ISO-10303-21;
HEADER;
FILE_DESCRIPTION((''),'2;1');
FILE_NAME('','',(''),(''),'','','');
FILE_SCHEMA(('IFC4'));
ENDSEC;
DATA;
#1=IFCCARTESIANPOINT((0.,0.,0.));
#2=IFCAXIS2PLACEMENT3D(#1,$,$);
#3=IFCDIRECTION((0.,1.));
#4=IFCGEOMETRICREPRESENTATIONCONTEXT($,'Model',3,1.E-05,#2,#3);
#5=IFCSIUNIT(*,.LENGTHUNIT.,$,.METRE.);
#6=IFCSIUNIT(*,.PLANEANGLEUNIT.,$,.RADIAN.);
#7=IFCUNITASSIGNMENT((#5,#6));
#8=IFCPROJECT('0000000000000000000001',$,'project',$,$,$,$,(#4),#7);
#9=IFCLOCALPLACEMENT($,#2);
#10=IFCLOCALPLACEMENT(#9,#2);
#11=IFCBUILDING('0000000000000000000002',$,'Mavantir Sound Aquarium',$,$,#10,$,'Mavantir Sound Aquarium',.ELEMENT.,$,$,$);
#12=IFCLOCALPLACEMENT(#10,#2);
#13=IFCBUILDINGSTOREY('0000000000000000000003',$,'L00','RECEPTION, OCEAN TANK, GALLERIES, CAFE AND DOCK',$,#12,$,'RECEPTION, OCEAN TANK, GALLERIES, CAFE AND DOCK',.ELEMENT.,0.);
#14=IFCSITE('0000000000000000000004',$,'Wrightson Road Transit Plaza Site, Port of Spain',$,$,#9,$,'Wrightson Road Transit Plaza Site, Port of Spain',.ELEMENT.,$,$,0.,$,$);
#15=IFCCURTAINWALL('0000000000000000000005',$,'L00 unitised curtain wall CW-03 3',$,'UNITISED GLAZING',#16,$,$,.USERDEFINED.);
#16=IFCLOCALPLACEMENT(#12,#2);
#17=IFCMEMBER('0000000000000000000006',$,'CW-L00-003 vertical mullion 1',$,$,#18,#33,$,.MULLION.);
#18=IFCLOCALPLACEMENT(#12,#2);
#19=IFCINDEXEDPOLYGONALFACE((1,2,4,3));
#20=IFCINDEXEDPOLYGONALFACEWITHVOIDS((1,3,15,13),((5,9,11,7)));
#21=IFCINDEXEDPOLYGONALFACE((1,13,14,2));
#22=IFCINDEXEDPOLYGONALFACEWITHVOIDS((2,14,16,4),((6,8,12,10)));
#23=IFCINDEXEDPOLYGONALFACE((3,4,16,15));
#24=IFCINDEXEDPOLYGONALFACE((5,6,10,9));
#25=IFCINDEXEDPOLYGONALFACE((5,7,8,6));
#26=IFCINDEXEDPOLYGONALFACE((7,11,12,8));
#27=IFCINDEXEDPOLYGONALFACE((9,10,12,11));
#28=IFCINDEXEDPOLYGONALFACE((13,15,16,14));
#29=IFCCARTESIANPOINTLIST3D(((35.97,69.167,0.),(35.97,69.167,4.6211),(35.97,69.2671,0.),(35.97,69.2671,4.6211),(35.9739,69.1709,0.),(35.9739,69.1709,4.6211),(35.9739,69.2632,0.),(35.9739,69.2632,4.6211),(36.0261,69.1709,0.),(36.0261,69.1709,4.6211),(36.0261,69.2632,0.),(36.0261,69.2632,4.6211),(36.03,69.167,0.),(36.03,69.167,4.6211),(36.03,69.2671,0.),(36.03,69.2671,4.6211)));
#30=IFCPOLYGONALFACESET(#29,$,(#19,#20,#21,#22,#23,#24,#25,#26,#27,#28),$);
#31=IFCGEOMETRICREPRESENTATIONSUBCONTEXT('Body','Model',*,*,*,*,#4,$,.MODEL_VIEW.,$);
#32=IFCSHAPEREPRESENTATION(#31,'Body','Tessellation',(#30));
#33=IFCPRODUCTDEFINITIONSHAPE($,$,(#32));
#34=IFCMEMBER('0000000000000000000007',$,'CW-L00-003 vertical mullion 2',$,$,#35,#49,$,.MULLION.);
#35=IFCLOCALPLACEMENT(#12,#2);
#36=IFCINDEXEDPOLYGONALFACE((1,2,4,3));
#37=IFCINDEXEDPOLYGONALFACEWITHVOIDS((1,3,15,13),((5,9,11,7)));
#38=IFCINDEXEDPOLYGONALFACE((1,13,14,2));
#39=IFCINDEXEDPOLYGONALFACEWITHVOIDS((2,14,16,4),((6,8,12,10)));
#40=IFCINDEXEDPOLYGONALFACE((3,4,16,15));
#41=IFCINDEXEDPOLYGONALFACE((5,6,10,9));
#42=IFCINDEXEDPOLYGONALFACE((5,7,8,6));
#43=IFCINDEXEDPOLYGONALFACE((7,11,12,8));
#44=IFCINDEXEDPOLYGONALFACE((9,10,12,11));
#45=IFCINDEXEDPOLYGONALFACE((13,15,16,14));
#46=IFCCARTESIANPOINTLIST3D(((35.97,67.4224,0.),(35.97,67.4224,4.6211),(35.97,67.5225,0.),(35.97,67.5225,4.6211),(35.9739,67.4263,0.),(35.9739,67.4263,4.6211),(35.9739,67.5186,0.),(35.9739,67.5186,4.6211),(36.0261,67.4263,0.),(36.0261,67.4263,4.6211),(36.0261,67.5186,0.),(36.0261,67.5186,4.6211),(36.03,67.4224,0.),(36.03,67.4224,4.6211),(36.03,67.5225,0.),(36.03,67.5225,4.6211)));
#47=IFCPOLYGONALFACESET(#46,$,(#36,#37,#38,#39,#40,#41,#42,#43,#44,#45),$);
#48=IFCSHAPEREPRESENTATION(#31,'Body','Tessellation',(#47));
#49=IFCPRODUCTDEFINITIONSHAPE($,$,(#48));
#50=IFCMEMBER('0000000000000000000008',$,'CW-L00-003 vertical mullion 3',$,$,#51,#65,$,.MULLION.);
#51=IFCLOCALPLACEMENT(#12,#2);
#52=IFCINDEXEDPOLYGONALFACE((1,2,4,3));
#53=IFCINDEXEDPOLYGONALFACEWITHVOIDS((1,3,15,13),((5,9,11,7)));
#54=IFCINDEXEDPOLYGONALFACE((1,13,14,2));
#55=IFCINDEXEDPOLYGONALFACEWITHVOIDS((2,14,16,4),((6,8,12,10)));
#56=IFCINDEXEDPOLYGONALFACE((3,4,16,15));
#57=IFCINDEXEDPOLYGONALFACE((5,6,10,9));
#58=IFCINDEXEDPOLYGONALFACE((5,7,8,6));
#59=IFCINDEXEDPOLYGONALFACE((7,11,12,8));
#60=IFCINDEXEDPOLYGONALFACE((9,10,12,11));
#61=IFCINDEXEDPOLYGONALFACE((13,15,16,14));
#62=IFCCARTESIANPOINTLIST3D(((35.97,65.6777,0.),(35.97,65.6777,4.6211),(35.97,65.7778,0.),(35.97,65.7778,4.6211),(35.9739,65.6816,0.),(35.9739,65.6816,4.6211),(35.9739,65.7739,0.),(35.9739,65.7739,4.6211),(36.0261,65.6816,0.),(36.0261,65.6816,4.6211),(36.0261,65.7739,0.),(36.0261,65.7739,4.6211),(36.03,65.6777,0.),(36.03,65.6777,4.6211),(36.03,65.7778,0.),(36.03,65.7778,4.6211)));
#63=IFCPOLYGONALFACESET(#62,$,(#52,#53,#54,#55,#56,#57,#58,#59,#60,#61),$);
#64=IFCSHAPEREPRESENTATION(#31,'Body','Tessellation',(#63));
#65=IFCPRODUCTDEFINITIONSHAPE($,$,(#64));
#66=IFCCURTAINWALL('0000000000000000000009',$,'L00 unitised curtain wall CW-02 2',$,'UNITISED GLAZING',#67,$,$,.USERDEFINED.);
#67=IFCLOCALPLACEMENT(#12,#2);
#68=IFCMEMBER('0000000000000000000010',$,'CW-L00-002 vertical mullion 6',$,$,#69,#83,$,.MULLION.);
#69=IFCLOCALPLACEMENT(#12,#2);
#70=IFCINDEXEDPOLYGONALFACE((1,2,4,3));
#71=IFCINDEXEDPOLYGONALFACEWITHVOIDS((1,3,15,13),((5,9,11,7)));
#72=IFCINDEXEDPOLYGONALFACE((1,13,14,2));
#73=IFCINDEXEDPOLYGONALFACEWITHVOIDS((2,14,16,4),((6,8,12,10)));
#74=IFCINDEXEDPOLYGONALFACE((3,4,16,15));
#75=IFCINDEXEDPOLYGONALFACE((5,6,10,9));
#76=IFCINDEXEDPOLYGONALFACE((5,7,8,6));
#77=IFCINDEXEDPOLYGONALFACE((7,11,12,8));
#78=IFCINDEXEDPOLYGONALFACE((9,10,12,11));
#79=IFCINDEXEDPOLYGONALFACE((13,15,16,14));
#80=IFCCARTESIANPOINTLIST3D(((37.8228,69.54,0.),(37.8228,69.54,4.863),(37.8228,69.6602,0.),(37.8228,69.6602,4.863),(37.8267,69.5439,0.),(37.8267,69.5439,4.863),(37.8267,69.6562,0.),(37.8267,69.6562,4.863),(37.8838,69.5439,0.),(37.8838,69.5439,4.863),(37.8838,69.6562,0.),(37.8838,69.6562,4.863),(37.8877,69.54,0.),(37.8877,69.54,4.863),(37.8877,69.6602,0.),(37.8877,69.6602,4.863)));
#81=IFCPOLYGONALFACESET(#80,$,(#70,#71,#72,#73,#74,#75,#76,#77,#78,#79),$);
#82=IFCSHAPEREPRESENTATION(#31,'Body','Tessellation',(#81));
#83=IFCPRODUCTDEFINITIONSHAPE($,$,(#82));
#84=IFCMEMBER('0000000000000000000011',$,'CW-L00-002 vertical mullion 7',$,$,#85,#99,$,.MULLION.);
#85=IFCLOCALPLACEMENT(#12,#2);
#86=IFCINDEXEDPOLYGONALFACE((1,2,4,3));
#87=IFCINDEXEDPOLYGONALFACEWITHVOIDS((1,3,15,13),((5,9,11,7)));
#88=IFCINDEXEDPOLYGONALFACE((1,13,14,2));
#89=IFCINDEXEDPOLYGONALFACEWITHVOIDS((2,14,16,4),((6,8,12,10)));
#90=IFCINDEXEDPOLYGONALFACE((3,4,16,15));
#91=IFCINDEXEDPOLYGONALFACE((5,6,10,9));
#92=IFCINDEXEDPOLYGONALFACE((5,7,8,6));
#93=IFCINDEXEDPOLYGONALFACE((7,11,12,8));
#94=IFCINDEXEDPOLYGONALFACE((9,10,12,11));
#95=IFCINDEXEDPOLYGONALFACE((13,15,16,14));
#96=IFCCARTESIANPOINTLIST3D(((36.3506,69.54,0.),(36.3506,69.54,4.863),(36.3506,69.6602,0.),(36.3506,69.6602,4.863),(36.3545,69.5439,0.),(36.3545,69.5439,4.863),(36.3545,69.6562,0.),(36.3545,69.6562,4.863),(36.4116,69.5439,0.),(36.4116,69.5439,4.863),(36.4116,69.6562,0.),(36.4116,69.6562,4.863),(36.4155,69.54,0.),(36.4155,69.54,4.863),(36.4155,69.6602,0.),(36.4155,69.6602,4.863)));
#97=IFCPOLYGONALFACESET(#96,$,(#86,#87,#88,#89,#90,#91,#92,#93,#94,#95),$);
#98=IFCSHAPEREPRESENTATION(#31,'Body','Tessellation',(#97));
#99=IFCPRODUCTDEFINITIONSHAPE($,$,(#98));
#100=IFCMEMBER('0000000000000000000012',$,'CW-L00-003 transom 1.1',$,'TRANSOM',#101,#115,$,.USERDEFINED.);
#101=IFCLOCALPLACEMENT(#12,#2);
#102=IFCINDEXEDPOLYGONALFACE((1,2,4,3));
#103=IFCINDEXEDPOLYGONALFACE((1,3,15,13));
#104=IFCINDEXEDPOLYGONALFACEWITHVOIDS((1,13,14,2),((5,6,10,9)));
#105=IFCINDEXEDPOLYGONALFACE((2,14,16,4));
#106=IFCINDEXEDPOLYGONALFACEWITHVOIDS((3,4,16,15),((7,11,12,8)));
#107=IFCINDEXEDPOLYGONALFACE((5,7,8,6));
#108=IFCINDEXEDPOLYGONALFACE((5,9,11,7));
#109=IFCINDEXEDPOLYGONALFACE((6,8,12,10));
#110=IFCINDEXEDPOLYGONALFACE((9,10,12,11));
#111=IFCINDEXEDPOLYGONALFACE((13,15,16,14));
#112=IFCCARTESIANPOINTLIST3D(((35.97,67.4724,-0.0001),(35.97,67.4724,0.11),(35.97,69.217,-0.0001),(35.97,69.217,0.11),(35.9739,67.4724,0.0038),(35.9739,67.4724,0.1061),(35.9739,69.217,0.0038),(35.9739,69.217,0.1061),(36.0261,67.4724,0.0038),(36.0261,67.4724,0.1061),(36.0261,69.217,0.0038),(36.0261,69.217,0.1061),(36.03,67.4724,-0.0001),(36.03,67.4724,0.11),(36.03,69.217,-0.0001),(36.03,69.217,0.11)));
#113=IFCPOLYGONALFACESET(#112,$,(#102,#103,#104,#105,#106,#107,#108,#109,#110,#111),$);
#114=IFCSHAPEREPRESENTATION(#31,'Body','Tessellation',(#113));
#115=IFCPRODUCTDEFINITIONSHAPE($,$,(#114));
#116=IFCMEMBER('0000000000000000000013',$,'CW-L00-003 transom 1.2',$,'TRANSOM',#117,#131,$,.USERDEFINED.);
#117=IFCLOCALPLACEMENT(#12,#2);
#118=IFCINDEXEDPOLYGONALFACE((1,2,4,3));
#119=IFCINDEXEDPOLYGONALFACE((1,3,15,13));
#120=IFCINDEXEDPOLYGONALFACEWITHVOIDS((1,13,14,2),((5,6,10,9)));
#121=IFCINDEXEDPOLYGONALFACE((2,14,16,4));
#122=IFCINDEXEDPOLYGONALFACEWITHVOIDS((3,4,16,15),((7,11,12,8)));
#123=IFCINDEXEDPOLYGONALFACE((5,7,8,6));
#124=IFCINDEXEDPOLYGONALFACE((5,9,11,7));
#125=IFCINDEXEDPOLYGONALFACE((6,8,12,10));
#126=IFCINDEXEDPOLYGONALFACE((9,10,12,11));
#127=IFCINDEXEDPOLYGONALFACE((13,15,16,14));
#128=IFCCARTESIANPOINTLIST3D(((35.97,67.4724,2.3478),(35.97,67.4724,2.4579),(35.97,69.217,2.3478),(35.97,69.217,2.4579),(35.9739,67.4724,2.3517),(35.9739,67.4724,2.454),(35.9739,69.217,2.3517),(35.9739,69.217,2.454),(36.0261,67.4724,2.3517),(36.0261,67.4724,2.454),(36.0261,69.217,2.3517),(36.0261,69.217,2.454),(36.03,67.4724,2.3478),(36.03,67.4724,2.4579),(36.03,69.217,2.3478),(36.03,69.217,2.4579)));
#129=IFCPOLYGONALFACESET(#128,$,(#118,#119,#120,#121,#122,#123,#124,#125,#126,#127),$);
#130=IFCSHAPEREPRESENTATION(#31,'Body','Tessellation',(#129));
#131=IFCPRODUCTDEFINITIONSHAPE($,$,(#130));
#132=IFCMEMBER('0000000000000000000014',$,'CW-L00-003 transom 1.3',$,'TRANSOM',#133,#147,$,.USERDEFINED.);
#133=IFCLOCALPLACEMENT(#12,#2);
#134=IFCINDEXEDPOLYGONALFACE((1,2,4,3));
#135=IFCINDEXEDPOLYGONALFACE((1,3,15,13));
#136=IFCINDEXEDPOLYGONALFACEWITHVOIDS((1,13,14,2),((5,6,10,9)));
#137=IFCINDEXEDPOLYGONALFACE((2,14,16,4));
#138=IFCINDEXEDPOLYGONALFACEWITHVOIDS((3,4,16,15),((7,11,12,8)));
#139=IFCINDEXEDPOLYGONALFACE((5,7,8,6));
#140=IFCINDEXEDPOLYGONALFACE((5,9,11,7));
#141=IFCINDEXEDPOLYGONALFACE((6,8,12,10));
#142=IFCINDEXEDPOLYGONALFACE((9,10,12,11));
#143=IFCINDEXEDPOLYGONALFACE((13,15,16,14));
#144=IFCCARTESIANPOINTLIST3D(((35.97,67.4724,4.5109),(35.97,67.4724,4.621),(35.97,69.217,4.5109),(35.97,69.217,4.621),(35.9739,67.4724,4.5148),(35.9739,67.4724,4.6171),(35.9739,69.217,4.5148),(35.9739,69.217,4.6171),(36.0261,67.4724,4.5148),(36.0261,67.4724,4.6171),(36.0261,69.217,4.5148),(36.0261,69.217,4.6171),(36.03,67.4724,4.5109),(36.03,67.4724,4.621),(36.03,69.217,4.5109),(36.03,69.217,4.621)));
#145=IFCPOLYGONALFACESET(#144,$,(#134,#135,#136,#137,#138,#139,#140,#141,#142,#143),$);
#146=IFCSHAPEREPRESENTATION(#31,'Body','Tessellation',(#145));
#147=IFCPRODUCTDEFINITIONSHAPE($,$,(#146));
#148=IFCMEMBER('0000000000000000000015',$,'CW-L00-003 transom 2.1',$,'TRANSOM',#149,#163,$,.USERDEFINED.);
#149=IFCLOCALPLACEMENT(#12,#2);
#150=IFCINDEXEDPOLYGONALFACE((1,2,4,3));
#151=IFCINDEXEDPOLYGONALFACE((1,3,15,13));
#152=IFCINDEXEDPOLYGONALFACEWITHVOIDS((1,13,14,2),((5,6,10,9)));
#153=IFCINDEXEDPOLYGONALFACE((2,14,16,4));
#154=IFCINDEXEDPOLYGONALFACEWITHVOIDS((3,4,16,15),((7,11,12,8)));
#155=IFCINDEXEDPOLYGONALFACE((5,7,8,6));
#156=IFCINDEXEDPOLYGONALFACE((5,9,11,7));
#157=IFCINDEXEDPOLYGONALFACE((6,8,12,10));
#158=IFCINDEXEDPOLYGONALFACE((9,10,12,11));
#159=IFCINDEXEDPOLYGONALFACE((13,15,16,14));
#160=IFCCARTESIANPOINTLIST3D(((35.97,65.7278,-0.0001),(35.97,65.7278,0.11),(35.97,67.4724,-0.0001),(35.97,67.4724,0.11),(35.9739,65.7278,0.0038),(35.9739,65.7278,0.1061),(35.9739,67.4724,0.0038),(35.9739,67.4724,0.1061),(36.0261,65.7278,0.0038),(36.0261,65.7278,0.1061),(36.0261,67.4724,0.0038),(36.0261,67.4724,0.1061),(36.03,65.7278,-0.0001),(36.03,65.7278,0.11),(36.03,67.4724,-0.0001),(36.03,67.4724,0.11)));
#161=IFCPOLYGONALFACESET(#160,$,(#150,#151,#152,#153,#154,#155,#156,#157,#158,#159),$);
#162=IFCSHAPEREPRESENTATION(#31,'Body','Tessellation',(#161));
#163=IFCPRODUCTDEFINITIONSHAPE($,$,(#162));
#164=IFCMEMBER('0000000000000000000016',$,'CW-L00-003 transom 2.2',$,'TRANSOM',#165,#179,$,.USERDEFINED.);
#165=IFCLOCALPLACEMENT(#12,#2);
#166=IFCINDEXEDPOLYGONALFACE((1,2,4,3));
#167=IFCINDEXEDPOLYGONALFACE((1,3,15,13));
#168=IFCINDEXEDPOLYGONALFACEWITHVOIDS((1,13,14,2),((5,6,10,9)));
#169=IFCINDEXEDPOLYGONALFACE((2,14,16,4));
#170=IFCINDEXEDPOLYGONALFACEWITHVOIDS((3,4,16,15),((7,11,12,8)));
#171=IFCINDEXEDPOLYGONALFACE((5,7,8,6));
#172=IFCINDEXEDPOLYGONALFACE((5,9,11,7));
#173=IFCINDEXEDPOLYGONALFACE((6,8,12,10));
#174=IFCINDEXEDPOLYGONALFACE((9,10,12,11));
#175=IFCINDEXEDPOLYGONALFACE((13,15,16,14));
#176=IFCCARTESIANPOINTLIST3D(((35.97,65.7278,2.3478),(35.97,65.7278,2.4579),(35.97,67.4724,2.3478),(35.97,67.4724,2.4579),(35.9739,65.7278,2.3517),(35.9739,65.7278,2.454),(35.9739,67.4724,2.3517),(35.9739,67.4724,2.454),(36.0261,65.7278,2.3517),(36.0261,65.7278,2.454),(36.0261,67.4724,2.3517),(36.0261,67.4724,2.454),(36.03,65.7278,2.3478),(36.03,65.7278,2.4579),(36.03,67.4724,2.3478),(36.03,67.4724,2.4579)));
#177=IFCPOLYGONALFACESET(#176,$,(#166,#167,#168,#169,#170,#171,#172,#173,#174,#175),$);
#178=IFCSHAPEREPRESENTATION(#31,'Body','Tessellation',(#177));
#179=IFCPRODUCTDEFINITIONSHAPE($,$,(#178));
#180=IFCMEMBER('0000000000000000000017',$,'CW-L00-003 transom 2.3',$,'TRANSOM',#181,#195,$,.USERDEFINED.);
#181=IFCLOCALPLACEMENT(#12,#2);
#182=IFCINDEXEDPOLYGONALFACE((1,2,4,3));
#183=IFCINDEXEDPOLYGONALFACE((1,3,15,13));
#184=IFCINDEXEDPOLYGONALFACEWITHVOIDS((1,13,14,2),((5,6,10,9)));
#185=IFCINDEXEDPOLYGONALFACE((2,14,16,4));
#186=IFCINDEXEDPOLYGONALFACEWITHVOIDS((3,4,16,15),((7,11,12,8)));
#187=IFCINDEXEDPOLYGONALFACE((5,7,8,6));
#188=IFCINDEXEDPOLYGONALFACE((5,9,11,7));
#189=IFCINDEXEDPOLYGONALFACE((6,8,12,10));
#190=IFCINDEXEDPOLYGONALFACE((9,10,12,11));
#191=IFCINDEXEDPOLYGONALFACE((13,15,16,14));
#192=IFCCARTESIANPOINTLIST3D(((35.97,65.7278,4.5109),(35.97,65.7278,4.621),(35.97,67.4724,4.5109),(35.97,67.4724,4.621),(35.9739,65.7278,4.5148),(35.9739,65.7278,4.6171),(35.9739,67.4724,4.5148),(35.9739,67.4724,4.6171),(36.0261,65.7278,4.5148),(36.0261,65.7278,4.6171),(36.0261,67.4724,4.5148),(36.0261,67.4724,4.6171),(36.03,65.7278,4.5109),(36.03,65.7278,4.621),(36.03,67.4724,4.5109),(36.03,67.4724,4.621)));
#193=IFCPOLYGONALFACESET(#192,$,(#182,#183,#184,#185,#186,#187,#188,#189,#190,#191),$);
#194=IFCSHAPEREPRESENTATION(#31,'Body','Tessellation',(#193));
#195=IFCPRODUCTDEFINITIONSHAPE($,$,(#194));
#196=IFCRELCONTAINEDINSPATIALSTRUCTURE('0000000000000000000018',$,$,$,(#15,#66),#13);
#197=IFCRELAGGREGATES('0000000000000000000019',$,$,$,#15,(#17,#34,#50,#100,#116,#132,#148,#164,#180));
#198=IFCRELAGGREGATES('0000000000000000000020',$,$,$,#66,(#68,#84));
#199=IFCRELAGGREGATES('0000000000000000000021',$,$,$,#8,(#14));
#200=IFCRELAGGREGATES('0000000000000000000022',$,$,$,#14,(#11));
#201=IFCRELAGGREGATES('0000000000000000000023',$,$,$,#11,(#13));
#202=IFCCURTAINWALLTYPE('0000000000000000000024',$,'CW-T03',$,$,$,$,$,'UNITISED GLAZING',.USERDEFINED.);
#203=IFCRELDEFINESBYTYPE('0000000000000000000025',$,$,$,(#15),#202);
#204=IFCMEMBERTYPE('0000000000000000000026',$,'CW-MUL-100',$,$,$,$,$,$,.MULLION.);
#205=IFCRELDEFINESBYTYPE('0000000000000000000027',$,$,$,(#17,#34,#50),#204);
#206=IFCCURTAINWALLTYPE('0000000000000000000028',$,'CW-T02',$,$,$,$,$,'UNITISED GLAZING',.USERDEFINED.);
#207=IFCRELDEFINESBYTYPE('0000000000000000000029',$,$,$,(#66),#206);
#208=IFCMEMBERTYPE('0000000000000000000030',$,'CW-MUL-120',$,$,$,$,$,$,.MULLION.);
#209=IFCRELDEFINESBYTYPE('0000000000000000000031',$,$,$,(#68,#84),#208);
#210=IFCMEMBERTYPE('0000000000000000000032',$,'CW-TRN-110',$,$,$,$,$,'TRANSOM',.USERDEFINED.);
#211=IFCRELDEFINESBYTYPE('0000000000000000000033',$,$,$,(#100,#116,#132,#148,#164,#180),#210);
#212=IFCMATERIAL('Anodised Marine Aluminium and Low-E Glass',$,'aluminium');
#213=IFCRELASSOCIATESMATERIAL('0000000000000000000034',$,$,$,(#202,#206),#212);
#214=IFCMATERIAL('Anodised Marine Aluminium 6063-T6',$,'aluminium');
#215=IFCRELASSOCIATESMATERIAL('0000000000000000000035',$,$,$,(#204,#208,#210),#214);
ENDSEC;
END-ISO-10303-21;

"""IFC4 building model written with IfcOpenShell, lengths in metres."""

from ifc_helpers import new_model, si_unit, direction, frame, origin, origin_2d, place, context, subcontext, project, spatial, hollow_rectangle, extrude, material, material_profile, profile_set, type_object, element, aggregate, save


model = new_model("IFC4")

# Units and contexts
model_context = context("Model", 3, precision=1e-05, world=origin(), true_north=direction((0.0, 1.0)))
body_context = subcontext(model_context, "Body", "Model", "MODEL_VIEW")
ifc_project = project(units=[si_unit("LENGTHUNIT", "METRE"), si_unit("PLANEANGLEUNIT", "RADIAN")], contexts=[model_context])

# Site, building, storey
site_placement = place(None, origin())
site = spatial("IfcSite", under=ifc_project, at=site_placement, Name="Wrightson Road Transit Plaza Site, Port of Spain", LongName="Wrightson Road Transit Plaza Site, Port of Spain", CompositionType="ELEMENT", RefElevation=0.0)
building_placement = place(site_placement, origin())
building = spatial("IfcBuilding", under=site, at=building_placement, Name="Mavantir Sound Aquarium", LongName="Mavantir Sound Aquarium", CompositionType="ELEMENT")
storey_placement = place(building_placement, origin())
storey = spatial("IfcBuildingStorey", under=building, at=storey_placement, Name="L00", Description="RECEPTION, OCEAN TANK, GALLERIES, CAFE AND DOCK", LongName="RECEPTION, OCEAN TANK, GALLERIES, CAFE AND DOCK", CompositionType="ELEMENT", Elevation=0.0)

# Curtain walls, members
ifc_material_1 = material(Name="Anodised Marine Aluminium and Low-E Glass", Category="aluminium")
curtain_wall_type_1 = type_object("IfcCurtainWallType", Name="CW-T03", ElementType="UNITISED GLAZING", PredefinedType="USERDEFINED", material=ifc_material_1)
curtain_wall_1_placement = place(storey_placement, origin())
curtain_wall_1 = element("IfcCurtainWall", 1, at=curtain_wall_1_placement, inside=storey, type_object=curtain_wall_type_1, Name="L00 unitised curtain wall CW-03 3", ObjectType="UNITISED GLAZING", PredefinedType="USERDEFINED")
ifc_material_2 = material(Name="Anodised Marine Aluminium 6063-T6", Category="aluminium")
ifc_material_profile_1 = material_profile(ifc_material_2, hollow_rectangle(XDim=0.0601, YDim=0.1001, WallThickness=0.0039, at=origin_2d()), Name="ALU-MULLION-100X60")
ifc_profile_set_1 = profile_set([ifc_material_profile_1], Name="Anodised Marine Aluminium 6063-T6")
member_type_1 = type_object("IfcMemberType", Name="CW-MUL-100", PredefinedType="MULLION", material=ifc_profile_set_1)
member_1_placement = place(storey_placement, frame((36.0, 69.217, 0.0), z_axis=(0.0, 0.0, 1.0), x_axis=(1.0, 0.0, 0.0)))
member_1 = element("IfcMember", 2, at=member_1_placement, type_object=member_type_1, Name="CW-L00-003 vertical mullion 1", PredefinedType="MULLION", context=body_context, shape_type="SweptSolid", body=[
    extrude(hollow_rectangle(XDim=0.0601, YDim=0.1001, WallThickness=0.0039, at=origin_2d()), origin(), (0.0, 0.0, 1.0), 4.6211),
])
member_2_placement = place(storey_placement, frame((36.0, 67.4724, 0.0), z_axis=(0.0, 0.0, 1.0), x_axis=(1.0, 0.0, 0.0)))
member_2 = element("IfcMember", 3, at=member_2_placement, type_object=member_type_1, Name="CW-L00-003 vertical mullion 2", PredefinedType="MULLION", context=body_context, shape_type="SweptSolid", body=[
    extrude(hollow_rectangle(XDim=0.0601, YDim=0.1001, WallThickness=0.0039, at=origin_2d()), origin(), (0.0, 0.0, 1.0), 4.6211),
])
member_3_placement = place(storey_placement, frame((36.0, 65.7278, 0.0), z_axis=(0.0, 0.0, 1.0), x_axis=(1.0, 0.0, 0.0)))
member_3 = element("IfcMember", 4, at=member_3_placement, type_object=member_type_1, Name="CW-L00-003 vertical mullion 3", PredefinedType="MULLION", context=body_context, shape_type="SweptSolid", body=[
    extrude(hollow_rectangle(XDim=0.0601, YDim=0.1001, WallThickness=0.0039, at=origin_2d()), origin(), (0.0, 0.0, 1.0), 4.6211),
])
curtain_wall_type_2 = type_object("IfcCurtainWallType", Name="CW-T02", ElementType="UNITISED GLAZING", PredefinedType="USERDEFINED", material=ifc_material_1)
curtain_wall_2_placement = place(storey_placement, origin())
curtain_wall_2 = element("IfcCurtainWall", 5, at=curtain_wall_2_placement, inside=storey, type_object=curtain_wall_type_2, Name="L00 unitised curtain wall CW-02 2", ObjectType="UNITISED GLAZING", PredefinedType="USERDEFINED")
ifc_material_profile_2 = material_profile(ifc_material_2, hollow_rectangle(XDim=0.0649, YDim=0.1201, WallThickness=0.0039, at=origin_2d()), Name="ALU-MULLION-120X65")
ifc_profile_set_2 = profile_set([ifc_material_profile_2], Name="Anodised Marine Aluminium 6063-T6")
member_type_2 = type_object("IfcMemberType", Name="CW-MUL-120", PredefinedType="MULLION", material=ifc_profile_set_2)
member_4_placement = place(storey_placement, frame((37.8552, 69.6001, 0.0), z_axis=(0.0, 0.0, 1.0), x_axis=(1.0, 0.0, 0.0)))
member_4 = element("IfcMember", 6, at=member_4_placement, type_object=member_type_2, Name="CW-L00-002 vertical mullion 6", PredefinedType="MULLION", context=body_context, shape_type="SweptSolid", body=[
    extrude(hollow_rectangle(XDim=0.0649, YDim=0.1201, WallThickness=0.0039, at=origin_2d()), origin(), (0.0, 0.0, 1.0), 4.863),
])
member_5_placement = place(storey_placement, frame((36.3831, 69.6001, 0.0), z_axis=(0.0, 0.0, 1.0), x_axis=(1.0, 0.0, 0.0)))
member_5 = element("IfcMember", 7, at=member_5_placement, type_object=member_type_2, Name="CW-L00-002 vertical mullion 7", PredefinedType="MULLION", context=body_context, shape_type="SweptSolid", body=[
    extrude(hollow_rectangle(XDim=0.0649, YDim=0.1201, WallThickness=0.0039, at=origin_2d()), origin(), (0.0, 0.0, 1.0), 4.863),
])

# Members
ifc_material_profile_3 = material_profile(ifc_material_2, hollow_rectangle(XDim=0.0601, YDim=0.1101, WallThickness=0.0039, at=origin_2d()), Name="ALU-TRANSOM-110X60")
ifc_profile_set_3 = profile_set([ifc_material_profile_3], Name="Anodised Marine Aluminium 6063-T6")
member_type_3 = type_object("IfcMemberType", Name="CW-TRN-110", ElementType="TRANSOM", PredefinedType="USERDEFINED", material=ifc_profile_set_3)
member_6_placement = place(storey_placement, frame((36.0, 69.217, 0.0549), z_axis=(0.0, -1.0, 0.0), x_axis=(1.0, 0.0, 0.0)))
member_6 = element("IfcMember", 8, at=member_6_placement, type_object=member_type_3, Name="CW-L00-003 transom 1.1", ObjectType="TRANSOM", PredefinedType="USERDEFINED", context=body_context, shape_type="SweptSolid", body=[
    extrude(hollow_rectangle(XDim=0.0601, YDim=0.1101, WallThickness=0.0039, at=origin_2d()), origin(), (0.0, 0.0, 1.0), 1.7446),
])
member_7_placement = place(storey_placement, frame((36.0, 69.217, 2.4028), z_axis=(0.0, -1.0, 0.0), x_axis=(1.0, 0.0, 0.0)))
member_7 = element("IfcMember", 9, at=member_7_placement, type_object=member_type_3, Name="CW-L00-003 transom 1.2", ObjectType="TRANSOM", PredefinedType="USERDEFINED", context=body_context, shape_type="SweptSolid", body=[
    extrude(hollow_rectangle(XDim=0.0601, YDim=0.1101, WallThickness=0.0039, at=origin_2d()), origin(), (0.0, 0.0, 1.0), 1.7446),
])
member_8_placement = place(storey_placement, frame((36.0, 69.217, 4.5659), z_axis=(0.0, -1.0, 0.0), x_axis=(1.0, 0.0, 0.0)))
member_8 = element("IfcMember", 10, at=member_8_placement, type_object=member_type_3, Name="CW-L00-003 transom 1.3", ObjectType="TRANSOM", PredefinedType="USERDEFINED", context=body_context, shape_type="SweptSolid", body=[
    extrude(hollow_rectangle(XDim=0.0601, YDim=0.1101, WallThickness=0.0039, at=origin_2d()), origin(), (0.0, 0.0, 1.0), 1.7446),
])
member_9_placement = place(storey_placement, frame((36.0, 67.4724, 0.0549), z_axis=(0.0, -1.0, 0.0), x_axis=(1.0, 0.0, 0.0)))
member_9 = element("IfcMember", 11, at=member_9_placement, type_object=member_type_3, Name="CW-L00-003 transom 2.1", ObjectType="TRANSOM", PredefinedType="USERDEFINED", context=body_context, shape_type="SweptSolid", body=[
    extrude(hollow_rectangle(XDim=0.0601, YDim=0.1101, WallThickness=0.0039, at=origin_2d()), origin(), (0.0, 0.0, 1.0), 1.7446),
])
member_10_placement = place(storey_placement, frame((36.0, 67.4724, 2.4028), z_axis=(0.0, -1.0, 0.0), x_axis=(1.0, 0.0, 0.0)))
member_10 = element("IfcMember", 12, at=member_10_placement, type_object=member_type_3, Name="CW-L00-003 transom 2.2", ObjectType="TRANSOM", PredefinedType="USERDEFINED", context=body_context, shape_type="SweptSolid", body=[
    extrude(hollow_rectangle(XDim=0.0601, YDim=0.1101, WallThickness=0.0039, at=origin_2d()), origin(), (0.0, 0.0, 1.0), 1.7446),
])
member_11_placement = place(storey_placement, frame((36.0, 67.4724, 4.5659), z_axis=(0.0, -1.0, 0.0), x_axis=(1.0, 0.0, 0.0)))
member_11 = element("IfcMember", 13, at=member_11_placement, type_object=member_type_3, Name="CW-L00-003 transom 2.3", ObjectType="TRANSOM", PredefinedType="USERDEFINED", context=body_context, shape_type="SweptSolid", body=[
    extrude(hollow_rectangle(XDim=0.0601, YDim=0.1101, WallThickness=0.0039, at=origin_2d()), origin(), (0.0, 0.0, 1.0), 1.7446),
])

aggregate(curtain_wall_1, [member_1, member_2, member_3, member_6, member_7, member_8, member_9, member_10, member_11])
aggregate(curtain_wall_2, [member_4, member_5])

save(model, "model.ifc")
